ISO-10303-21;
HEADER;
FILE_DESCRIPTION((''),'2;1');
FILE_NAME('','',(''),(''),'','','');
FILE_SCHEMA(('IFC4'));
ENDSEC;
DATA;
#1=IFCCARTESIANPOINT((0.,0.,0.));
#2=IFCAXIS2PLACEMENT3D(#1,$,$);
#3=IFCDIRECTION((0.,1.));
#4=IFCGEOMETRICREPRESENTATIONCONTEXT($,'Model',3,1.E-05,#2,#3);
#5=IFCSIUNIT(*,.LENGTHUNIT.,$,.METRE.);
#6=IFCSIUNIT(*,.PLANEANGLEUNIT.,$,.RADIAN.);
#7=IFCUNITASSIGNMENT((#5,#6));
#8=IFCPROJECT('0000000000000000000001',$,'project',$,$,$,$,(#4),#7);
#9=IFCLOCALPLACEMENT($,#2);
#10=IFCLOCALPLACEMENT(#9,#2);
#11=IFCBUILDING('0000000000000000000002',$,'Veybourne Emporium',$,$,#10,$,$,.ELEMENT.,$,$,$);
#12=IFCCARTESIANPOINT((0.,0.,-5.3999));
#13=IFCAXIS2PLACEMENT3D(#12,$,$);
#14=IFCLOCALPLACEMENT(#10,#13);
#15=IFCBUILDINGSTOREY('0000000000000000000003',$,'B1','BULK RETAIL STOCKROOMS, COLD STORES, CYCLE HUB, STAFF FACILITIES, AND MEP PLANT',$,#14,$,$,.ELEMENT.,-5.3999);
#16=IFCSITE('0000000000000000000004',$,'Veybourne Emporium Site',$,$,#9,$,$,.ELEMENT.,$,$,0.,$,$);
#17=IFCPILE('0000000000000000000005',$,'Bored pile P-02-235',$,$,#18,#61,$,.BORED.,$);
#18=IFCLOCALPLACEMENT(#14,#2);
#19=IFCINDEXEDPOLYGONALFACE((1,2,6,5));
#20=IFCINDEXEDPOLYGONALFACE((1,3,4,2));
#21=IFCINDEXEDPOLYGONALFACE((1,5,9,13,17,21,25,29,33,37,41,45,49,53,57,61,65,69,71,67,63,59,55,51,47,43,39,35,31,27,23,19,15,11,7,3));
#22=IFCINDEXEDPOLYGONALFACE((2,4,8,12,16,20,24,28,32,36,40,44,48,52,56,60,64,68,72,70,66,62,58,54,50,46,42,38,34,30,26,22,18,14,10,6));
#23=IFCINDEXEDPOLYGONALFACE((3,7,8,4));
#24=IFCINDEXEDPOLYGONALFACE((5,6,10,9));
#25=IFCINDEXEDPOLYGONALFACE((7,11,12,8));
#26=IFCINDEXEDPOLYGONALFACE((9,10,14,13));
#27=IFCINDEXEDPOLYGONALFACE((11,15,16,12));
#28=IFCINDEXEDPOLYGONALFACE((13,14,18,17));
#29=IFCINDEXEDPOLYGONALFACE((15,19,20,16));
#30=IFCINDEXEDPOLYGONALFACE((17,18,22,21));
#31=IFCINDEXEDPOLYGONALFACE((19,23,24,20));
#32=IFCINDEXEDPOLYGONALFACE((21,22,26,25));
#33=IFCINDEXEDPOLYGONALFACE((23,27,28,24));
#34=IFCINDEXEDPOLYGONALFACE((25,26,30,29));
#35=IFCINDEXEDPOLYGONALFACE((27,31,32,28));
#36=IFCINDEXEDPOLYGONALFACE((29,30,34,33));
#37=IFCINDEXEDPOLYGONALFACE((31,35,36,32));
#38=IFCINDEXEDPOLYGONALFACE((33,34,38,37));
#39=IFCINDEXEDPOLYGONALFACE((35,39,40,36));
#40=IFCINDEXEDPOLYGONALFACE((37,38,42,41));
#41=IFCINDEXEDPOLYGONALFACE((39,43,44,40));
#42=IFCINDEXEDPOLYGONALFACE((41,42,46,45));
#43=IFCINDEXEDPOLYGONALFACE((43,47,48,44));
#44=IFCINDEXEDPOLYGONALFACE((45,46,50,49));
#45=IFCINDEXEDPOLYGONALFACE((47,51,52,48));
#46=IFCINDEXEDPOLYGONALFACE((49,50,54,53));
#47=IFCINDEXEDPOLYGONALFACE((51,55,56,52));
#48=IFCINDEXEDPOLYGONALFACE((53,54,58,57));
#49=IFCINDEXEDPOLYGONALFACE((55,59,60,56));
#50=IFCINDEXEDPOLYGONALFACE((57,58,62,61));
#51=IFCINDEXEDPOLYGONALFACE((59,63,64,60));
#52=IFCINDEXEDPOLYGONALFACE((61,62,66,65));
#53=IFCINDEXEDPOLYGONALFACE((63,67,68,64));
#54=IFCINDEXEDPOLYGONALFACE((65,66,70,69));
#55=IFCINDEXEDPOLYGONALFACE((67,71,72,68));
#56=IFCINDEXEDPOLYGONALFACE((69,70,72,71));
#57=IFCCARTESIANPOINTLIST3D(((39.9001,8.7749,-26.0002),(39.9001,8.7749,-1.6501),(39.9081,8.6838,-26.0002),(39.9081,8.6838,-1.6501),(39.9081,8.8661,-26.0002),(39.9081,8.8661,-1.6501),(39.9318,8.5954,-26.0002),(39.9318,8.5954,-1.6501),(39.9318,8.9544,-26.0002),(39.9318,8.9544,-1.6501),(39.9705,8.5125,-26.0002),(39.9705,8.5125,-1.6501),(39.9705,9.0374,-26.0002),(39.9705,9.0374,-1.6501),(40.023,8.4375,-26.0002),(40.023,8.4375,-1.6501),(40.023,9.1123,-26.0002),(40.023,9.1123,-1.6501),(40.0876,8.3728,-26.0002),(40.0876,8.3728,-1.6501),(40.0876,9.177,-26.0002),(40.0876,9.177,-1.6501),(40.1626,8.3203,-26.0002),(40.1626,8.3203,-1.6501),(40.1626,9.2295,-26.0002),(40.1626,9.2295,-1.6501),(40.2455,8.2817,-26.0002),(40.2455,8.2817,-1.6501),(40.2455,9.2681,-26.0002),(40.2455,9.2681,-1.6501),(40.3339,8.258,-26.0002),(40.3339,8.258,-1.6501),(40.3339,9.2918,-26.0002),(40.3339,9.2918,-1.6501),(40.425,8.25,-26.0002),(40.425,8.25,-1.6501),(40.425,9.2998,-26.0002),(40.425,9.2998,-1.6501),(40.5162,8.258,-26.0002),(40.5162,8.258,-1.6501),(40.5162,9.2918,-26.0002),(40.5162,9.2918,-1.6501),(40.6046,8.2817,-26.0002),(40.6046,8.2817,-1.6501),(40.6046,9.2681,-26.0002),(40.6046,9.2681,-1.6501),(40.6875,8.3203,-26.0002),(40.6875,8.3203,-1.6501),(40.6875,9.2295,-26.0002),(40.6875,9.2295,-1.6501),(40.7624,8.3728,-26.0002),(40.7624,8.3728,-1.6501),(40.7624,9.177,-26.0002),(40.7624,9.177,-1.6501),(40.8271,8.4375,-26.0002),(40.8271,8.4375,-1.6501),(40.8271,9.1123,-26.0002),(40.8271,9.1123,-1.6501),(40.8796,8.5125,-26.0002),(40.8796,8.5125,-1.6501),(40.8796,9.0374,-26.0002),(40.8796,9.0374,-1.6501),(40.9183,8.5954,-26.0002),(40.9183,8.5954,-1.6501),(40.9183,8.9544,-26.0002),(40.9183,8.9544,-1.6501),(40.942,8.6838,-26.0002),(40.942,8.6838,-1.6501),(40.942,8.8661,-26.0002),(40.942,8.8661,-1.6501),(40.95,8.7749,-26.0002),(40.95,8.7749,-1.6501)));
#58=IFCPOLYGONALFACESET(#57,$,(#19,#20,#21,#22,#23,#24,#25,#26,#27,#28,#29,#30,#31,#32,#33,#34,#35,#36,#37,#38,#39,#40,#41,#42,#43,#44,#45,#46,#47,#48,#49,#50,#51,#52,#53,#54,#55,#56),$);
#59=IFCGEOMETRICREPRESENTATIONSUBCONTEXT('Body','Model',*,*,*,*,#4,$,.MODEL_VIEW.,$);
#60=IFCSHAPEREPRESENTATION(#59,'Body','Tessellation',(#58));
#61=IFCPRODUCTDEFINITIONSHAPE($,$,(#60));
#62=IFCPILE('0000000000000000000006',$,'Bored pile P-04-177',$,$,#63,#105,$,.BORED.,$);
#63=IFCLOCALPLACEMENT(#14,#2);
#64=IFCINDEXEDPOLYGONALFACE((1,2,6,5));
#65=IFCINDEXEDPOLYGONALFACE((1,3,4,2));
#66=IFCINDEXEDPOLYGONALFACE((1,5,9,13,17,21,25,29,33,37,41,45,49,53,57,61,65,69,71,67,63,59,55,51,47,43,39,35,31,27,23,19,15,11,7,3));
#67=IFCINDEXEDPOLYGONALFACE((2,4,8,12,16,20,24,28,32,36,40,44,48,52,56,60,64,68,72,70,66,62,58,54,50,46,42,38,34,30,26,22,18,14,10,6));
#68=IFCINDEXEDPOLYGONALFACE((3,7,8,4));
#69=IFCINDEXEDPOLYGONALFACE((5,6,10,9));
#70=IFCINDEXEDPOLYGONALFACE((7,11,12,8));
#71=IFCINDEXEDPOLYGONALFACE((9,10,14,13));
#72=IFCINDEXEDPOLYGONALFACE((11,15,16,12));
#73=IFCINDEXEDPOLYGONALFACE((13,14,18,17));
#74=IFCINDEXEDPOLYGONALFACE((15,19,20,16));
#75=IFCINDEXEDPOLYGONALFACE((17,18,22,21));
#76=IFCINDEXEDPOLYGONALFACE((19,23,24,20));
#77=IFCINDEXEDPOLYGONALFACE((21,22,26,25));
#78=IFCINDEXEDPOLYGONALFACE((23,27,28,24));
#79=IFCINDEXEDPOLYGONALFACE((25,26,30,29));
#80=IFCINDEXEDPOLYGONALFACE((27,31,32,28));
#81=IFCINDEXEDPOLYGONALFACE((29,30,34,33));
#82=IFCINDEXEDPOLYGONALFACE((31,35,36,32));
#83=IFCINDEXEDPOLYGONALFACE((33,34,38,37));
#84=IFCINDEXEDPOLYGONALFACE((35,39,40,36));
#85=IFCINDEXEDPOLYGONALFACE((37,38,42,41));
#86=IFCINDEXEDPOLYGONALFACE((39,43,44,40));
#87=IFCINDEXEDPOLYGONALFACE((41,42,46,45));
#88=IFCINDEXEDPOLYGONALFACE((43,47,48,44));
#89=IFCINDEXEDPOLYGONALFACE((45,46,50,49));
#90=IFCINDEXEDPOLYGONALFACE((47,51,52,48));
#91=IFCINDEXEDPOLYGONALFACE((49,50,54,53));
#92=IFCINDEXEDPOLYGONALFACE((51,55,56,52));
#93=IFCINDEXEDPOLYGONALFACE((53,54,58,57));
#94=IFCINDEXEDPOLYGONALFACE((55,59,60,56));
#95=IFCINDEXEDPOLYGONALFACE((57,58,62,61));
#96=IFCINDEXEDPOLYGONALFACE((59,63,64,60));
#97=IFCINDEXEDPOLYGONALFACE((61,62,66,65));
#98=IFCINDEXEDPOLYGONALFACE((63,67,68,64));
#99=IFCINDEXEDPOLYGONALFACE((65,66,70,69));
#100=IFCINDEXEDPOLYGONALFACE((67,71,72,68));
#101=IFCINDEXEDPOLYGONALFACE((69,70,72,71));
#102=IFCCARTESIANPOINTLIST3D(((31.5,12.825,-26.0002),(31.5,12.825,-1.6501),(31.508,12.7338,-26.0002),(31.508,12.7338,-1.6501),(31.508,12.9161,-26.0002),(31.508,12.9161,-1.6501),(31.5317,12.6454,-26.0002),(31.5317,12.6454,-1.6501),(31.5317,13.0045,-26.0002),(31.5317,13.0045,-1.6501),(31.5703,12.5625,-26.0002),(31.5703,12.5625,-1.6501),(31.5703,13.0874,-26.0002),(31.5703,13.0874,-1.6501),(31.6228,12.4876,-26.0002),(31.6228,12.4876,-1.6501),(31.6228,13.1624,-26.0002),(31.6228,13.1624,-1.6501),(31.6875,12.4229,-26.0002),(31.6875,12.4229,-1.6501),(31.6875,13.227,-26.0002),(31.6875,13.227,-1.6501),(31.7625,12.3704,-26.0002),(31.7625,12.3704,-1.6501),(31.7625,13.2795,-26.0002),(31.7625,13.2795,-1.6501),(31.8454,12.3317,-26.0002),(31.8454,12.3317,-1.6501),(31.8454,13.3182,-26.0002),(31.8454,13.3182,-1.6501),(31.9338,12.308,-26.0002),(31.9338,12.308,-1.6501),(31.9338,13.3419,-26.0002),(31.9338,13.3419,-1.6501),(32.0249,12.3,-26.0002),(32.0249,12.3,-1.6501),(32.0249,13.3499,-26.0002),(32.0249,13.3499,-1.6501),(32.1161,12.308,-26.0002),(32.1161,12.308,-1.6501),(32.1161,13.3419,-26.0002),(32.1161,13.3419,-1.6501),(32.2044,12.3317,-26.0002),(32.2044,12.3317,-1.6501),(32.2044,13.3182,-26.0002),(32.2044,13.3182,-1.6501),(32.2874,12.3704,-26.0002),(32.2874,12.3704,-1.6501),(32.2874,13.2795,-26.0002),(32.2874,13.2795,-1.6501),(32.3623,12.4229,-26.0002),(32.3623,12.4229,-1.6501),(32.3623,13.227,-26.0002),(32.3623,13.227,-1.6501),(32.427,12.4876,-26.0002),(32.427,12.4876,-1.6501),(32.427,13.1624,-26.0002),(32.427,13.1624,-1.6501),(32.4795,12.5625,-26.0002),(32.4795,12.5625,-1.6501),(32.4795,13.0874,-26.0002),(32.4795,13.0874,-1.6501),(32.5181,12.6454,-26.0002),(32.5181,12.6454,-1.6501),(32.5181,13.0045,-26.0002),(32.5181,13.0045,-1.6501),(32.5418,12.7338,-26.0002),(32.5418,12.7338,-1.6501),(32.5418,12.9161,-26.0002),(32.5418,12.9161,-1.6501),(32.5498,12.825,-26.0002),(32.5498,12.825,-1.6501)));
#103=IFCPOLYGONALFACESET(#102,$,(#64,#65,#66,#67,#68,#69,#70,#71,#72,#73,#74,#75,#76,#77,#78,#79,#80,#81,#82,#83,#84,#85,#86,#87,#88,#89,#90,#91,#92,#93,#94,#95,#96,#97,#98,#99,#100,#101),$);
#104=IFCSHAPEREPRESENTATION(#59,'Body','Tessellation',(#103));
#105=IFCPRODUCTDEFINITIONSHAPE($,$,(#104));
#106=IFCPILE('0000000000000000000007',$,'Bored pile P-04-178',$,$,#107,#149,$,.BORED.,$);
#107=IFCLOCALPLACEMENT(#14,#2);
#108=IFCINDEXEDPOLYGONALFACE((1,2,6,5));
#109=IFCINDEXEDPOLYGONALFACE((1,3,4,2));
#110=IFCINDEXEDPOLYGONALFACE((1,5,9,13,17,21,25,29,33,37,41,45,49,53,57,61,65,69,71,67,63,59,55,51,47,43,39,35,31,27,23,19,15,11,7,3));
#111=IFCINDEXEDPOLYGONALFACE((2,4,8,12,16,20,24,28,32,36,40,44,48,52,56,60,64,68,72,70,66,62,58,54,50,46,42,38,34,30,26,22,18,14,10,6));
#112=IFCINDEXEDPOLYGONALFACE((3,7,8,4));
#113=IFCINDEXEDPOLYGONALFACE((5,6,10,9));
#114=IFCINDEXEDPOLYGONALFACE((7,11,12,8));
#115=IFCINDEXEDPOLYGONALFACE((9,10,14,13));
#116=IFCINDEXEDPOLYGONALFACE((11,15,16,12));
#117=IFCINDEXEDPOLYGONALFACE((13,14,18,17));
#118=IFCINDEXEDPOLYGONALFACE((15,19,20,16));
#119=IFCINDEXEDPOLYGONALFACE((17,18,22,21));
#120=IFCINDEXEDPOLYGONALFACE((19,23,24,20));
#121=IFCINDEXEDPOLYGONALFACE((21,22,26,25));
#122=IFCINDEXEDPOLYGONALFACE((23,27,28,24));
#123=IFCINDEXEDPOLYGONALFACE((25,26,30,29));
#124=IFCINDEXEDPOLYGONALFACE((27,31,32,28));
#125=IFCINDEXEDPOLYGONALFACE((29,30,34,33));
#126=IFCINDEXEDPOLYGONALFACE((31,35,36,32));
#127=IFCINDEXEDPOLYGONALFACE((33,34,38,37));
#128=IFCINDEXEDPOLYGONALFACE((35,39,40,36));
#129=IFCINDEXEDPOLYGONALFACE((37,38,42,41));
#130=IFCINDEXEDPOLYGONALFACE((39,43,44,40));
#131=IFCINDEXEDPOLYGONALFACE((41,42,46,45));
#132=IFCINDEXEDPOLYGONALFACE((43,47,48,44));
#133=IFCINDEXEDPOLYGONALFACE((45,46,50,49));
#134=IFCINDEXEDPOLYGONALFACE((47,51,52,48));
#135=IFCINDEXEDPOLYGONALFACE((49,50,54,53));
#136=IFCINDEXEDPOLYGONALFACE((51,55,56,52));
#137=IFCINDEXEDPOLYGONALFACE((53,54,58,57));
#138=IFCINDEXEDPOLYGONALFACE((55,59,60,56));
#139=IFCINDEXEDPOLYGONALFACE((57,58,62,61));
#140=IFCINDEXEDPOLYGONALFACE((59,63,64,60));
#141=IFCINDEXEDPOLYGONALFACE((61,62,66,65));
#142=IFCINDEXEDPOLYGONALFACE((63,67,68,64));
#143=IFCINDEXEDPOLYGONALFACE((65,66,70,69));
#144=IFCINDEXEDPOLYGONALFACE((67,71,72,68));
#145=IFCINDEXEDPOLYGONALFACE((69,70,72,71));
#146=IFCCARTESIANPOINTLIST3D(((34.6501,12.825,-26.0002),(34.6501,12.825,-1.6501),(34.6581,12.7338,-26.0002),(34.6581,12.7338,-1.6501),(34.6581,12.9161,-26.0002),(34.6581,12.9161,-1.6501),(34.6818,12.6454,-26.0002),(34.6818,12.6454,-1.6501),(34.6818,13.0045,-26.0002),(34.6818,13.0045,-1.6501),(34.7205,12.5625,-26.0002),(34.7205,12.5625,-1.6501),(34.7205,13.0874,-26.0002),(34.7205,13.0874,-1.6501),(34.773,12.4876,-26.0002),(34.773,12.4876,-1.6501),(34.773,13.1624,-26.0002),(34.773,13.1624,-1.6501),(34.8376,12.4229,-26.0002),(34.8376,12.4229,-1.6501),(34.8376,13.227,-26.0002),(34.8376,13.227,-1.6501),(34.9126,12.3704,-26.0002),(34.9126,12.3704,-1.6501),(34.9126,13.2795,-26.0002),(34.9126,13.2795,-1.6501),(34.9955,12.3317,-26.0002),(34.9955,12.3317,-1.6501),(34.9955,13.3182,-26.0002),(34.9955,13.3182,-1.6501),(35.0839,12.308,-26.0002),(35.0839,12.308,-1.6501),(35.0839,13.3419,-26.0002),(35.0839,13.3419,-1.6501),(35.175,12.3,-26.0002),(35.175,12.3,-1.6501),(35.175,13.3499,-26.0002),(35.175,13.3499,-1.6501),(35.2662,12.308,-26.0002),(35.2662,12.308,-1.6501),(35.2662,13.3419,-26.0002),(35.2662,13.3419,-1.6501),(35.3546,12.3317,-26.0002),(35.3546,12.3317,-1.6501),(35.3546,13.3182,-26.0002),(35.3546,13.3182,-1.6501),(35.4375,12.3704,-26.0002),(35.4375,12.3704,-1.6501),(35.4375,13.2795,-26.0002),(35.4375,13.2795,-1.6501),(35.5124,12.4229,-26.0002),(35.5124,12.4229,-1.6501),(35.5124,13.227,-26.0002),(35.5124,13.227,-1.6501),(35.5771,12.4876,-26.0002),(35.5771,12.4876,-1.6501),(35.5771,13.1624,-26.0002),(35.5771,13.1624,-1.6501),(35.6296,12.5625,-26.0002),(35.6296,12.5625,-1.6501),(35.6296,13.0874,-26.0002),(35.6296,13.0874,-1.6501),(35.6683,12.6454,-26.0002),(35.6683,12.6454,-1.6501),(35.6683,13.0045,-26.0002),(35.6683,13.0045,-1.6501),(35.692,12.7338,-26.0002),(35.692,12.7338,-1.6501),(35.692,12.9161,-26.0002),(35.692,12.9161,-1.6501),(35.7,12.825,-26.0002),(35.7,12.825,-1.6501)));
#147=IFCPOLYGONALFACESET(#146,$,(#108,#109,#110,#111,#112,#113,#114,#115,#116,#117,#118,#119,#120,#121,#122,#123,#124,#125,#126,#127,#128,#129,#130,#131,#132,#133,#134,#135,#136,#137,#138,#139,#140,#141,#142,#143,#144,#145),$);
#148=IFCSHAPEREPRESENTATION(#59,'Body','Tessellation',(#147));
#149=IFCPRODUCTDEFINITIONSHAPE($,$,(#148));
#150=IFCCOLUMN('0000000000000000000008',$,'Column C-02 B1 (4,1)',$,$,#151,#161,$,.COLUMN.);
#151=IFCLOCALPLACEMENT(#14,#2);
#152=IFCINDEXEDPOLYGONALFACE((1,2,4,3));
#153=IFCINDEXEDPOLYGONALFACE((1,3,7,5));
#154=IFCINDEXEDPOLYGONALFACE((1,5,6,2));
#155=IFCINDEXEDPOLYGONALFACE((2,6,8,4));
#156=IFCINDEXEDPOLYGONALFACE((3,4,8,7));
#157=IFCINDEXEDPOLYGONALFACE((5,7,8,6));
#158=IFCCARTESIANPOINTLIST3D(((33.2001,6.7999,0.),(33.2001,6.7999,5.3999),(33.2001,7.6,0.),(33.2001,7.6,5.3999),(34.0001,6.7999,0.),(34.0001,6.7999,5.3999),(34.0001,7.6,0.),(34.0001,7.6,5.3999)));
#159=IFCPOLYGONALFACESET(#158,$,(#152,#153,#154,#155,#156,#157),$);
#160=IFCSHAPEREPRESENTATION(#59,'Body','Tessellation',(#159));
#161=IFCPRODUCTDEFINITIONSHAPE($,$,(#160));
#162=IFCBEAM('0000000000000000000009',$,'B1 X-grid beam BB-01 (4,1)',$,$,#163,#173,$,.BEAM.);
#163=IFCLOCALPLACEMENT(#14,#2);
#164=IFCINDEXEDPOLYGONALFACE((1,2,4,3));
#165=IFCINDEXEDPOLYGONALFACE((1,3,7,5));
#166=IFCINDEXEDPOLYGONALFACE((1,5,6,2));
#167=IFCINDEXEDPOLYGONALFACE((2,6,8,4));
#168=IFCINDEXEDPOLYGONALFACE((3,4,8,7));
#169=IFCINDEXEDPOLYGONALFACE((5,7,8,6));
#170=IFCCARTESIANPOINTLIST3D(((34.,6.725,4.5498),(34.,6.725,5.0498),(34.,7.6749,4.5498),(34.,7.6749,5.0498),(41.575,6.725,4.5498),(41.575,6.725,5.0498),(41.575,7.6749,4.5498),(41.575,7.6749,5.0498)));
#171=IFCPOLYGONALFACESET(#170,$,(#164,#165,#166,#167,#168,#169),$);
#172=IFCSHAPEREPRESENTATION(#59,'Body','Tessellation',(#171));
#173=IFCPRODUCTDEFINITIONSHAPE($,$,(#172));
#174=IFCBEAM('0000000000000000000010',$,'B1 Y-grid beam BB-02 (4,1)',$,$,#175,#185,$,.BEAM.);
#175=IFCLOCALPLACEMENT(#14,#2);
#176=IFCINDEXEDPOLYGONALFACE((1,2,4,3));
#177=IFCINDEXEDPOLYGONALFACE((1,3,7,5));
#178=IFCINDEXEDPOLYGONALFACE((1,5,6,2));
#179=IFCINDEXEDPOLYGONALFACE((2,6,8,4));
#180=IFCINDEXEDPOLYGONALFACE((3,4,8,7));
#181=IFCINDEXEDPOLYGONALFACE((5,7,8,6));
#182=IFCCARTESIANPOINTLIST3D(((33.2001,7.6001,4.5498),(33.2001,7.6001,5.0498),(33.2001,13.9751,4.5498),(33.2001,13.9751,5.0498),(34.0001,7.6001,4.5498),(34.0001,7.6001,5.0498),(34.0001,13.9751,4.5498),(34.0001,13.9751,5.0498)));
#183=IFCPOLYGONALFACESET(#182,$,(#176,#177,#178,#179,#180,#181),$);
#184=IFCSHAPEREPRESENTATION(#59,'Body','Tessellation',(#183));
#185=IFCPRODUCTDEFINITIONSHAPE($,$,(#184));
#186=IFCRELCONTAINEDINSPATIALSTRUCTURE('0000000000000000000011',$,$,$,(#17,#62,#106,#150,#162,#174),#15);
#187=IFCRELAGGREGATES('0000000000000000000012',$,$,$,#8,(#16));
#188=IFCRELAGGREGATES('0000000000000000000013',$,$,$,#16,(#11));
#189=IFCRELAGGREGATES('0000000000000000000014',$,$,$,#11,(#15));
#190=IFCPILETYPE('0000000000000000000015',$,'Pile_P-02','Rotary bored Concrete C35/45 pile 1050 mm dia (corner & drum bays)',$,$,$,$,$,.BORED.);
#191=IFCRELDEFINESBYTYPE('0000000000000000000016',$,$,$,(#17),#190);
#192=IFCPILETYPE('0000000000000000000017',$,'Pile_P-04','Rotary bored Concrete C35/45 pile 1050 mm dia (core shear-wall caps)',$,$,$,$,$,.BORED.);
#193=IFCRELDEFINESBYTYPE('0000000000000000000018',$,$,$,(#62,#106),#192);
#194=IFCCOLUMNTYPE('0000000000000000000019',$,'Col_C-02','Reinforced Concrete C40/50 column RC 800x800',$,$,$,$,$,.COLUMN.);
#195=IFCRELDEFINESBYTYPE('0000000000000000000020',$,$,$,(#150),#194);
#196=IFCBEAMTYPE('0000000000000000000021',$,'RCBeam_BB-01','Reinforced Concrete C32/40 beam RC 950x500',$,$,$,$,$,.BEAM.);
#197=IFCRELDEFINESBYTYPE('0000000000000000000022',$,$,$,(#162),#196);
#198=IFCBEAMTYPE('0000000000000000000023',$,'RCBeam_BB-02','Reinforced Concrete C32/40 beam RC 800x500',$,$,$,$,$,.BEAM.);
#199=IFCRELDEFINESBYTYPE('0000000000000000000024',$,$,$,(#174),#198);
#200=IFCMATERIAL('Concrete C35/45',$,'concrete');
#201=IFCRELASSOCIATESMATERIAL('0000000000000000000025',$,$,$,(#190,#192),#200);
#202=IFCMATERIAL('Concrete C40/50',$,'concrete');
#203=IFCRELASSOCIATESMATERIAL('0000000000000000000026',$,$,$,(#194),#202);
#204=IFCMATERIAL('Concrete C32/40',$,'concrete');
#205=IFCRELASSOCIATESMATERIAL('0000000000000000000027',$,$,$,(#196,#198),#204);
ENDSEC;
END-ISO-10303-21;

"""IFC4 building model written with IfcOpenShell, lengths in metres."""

from ifc_helpers import new_model, si_unit, direction, frame, origin, origin_2d, place, context, subcontext, project, spatial, rectangle, circle, extrude, material, material_profile, profile_set, type_object, element, save


model = new_model("IFC4")

# Units and contexts
model_context = context("Model", 3, precision=1e-05, world=origin(), true_north=direction((0.0, 1.0)))
body_context = subcontext(model_context, "Body", "Model", "MODEL_VIEW")
ifc_project = project(units=[si_unit("LENGTHUNIT", "METRE"), si_unit("PLANEANGLEUNIT", "RADIAN")], contexts=[model_context])

# Site, building, storey
site_placement = place(None, origin())
site = spatial("IfcSite", under=ifc_project, at=site_placement, Name="Veybourne Emporium Site", CompositionType="ELEMENT", RefElevation=0.0)
building_placement = place(site_placement, origin())
building = spatial("IfcBuilding", under=site, at=building_placement, Name="Veybourne Emporium", CompositionType="ELEMENT")
storey_placement = place(building_placement, frame((0.0, 0.0, -5.3999)))
storey = spatial("IfcBuildingStorey", under=building, at=storey_placement, Name="B1", Description="BULK RETAIL STOCKROOMS, COLD STORES, CYCLE HUB, STAFF FACILITIES, AND MEP PLANT", CompositionType="ELEMENT", Elevation=-5.3999)

# Shared definitions
ifc_material_1 = material(Name="Concrete C35/45", Category="concrete")

# Piles
ifc_material_profile_1 = material_profile(ifc_material_1, circle(Radius=0.5249, at=origin_2d()), Name="BORED PILE 1050")
ifc_profile_set_1 = profile_set([ifc_material_profile_1], Name="Concrete C35/45")
pile_type_1 = type_object("IfcPileType", Name="Pile_P-02", Description="Rotary bored Concrete C35/45 pile 1050 mm dia (corner & drum bays)", PredefinedType="BORED", material=ifc_profile_set_1)
for number, where, z_axis, x_axis, name in (
    (1, (40.425, 8.7749, -1.6501), (0.0, 0.0, -1.0), (1.0, 0.0, 0.0), "Bored pile P-02-235"),
):
    element("IfcPile", number, at=place(storey_placement, frame(where, z_axis=z_axis, x_axis=x_axis)), inside=storey, type_object=pile_type_1, Name=name, PredefinedType="BORED", context=body_context, shape_type="SweptSolid", body=[
        extrude(circle(Radius=0.5249, at=origin_2d()), origin(), (0.0, 0.0, 1.0), 24.3501),
    ])
ifc_material_profile_2 = material_profile(ifc_material_1, circle(Radius=0.5249, at=origin_2d()), Name="BORED PILE 1050")
ifc_profile_set_2 = profile_set([ifc_material_profile_2], Name="Concrete C35/45")
pile_type_2 = type_object("IfcPileType", Name="Pile_P-04", Description="Rotary bored Concrete C35/45 pile 1050 mm dia (core shear-wall caps)", PredefinedType="BORED", material=ifc_profile_set_2)
for number, where, z_axis, x_axis, name in (
    (2, (32.0249, 12.825, -1.6501), (0.0, 0.0, -1.0), (1.0, 0.0, 0.0), "Bored pile P-04-177"),
    (3, (35.175, 12.825, -1.6501), (0.0, 0.0, -1.0), (1.0, 0.0, 0.0), "Bored pile P-04-178"),
):
    element("IfcPile", number, at=place(storey_placement, frame(where, z_axis=z_axis, x_axis=x_axis)), inside=storey, type_object=pile_type_2, Name=name, PredefinedType="BORED", context=body_context, shape_type="SweptSolid", body=[
        extrude(circle(Radius=0.5249, at=origin_2d()), origin(), (0.0, 0.0, 1.0), 24.3501),
    ])

# Column
ifc_material_2 = material(Name="Concrete C40/50", Category="concrete")
ifc_material_profile_3 = material_profile(ifc_material_2, rectangle(XDim=0.8, YDim=0.8, at=origin_2d()), Name="RC 800x800")
ifc_profile_set_3 = profile_set([ifc_material_profile_3], Name="Concrete C40/50")
column_type = type_object("IfcColumnType", Name="Col_C-02", Description="Reinforced Concrete C40/50 column RC 800x800", PredefinedType="COLUMN", material=ifc_profile_set_3)
column_placement = place(storey_placement, frame((33.6001, 7.2, 0.0), z_axis=(0.0, 0.0, 1.0), x_axis=(1.0, 0.0, 0.0)))
element("IfcColumn", 4, at=column_placement, inside=storey, type_object=column_type, Name="Column C-02 B1 (4,1)", PredefinedType="COLUMN", context=body_context, shape_type="SweptSolid", body=[
    extrude(rectangle(XDim=0.8, YDim=0.8, at=origin_2d()), origin(), (0.0, 0.0, 1.0), 5.3999),
])

# Beams
ifc_material_3 = material(Name="Concrete C32/40", Category="concrete")
ifc_material_profile_4 = material_profile(ifc_material_3, rectangle(XDim=0.95, YDim=0.5, at=origin_2d()), Name="RC 950x500")
ifc_profile_set_4 = profile_set([ifc_material_profile_4], Name="Concrete C32/40")
beam_type_1 = type_object("IfcBeamType", Name="RCBeam_BB-01", Description="Reinforced Concrete C32/40 beam RC 950x500", PredefinedType="BEAM", material=ifc_profile_set_4)
beam_1_placement = place(storey_placement, frame((34.0, 7.2, 4.7998), z_axis=(1.0, 0.0, 0.0), x_axis=(0.0, 1.0, 0.0)))
element("IfcBeam", 5, at=beam_1_placement, inside=storey, type_object=beam_type_1, Name="B1 X-grid beam BB-01 (4,1)", PredefinedType="BEAM", context=body_context, shape_type="SweptSolid", body=[
    extrude(rectangle(XDim=0.95, YDim=0.5, at=origin_2d()), origin(), (0.0, 0.0, 1.0), 7.575),
])
ifc_material_profile_5 = material_profile(ifc_material_3, rectangle(XDim=0.8, YDim=0.5, at=origin_2d()), Name="RC 800x500")
ifc_profile_set_5 = profile_set([ifc_material_profile_5], Name="Concrete C32/40")
beam_type_2 = type_object("IfcBeamType", Name="RCBeam_BB-02", Description="Reinforced Concrete C32/40 beam RC 800x500", PredefinedType="BEAM", material=ifc_profile_set_5)
beam_2_placement = place(storey_placement, frame((33.6001, 7.6001, 4.7998), z_axis=(0.0, 1.0, 0.0), x_axis=(-1.0, 0.0, 0.0)))
element("IfcBeam", 6, at=beam_2_placement, inside=storey, type_object=beam_type_2, Name="B1 Y-grid beam BB-02 (4,1)", PredefinedType="BEAM", context=body_context, shape_type="SweptSolid", body=[
    extrude(rectangle(XDim=0.8, YDim=0.5, at=origin_2d()), origin(), (0.0, 0.0, 1.0), 6.375),
])

save(model, "model.ifc")
